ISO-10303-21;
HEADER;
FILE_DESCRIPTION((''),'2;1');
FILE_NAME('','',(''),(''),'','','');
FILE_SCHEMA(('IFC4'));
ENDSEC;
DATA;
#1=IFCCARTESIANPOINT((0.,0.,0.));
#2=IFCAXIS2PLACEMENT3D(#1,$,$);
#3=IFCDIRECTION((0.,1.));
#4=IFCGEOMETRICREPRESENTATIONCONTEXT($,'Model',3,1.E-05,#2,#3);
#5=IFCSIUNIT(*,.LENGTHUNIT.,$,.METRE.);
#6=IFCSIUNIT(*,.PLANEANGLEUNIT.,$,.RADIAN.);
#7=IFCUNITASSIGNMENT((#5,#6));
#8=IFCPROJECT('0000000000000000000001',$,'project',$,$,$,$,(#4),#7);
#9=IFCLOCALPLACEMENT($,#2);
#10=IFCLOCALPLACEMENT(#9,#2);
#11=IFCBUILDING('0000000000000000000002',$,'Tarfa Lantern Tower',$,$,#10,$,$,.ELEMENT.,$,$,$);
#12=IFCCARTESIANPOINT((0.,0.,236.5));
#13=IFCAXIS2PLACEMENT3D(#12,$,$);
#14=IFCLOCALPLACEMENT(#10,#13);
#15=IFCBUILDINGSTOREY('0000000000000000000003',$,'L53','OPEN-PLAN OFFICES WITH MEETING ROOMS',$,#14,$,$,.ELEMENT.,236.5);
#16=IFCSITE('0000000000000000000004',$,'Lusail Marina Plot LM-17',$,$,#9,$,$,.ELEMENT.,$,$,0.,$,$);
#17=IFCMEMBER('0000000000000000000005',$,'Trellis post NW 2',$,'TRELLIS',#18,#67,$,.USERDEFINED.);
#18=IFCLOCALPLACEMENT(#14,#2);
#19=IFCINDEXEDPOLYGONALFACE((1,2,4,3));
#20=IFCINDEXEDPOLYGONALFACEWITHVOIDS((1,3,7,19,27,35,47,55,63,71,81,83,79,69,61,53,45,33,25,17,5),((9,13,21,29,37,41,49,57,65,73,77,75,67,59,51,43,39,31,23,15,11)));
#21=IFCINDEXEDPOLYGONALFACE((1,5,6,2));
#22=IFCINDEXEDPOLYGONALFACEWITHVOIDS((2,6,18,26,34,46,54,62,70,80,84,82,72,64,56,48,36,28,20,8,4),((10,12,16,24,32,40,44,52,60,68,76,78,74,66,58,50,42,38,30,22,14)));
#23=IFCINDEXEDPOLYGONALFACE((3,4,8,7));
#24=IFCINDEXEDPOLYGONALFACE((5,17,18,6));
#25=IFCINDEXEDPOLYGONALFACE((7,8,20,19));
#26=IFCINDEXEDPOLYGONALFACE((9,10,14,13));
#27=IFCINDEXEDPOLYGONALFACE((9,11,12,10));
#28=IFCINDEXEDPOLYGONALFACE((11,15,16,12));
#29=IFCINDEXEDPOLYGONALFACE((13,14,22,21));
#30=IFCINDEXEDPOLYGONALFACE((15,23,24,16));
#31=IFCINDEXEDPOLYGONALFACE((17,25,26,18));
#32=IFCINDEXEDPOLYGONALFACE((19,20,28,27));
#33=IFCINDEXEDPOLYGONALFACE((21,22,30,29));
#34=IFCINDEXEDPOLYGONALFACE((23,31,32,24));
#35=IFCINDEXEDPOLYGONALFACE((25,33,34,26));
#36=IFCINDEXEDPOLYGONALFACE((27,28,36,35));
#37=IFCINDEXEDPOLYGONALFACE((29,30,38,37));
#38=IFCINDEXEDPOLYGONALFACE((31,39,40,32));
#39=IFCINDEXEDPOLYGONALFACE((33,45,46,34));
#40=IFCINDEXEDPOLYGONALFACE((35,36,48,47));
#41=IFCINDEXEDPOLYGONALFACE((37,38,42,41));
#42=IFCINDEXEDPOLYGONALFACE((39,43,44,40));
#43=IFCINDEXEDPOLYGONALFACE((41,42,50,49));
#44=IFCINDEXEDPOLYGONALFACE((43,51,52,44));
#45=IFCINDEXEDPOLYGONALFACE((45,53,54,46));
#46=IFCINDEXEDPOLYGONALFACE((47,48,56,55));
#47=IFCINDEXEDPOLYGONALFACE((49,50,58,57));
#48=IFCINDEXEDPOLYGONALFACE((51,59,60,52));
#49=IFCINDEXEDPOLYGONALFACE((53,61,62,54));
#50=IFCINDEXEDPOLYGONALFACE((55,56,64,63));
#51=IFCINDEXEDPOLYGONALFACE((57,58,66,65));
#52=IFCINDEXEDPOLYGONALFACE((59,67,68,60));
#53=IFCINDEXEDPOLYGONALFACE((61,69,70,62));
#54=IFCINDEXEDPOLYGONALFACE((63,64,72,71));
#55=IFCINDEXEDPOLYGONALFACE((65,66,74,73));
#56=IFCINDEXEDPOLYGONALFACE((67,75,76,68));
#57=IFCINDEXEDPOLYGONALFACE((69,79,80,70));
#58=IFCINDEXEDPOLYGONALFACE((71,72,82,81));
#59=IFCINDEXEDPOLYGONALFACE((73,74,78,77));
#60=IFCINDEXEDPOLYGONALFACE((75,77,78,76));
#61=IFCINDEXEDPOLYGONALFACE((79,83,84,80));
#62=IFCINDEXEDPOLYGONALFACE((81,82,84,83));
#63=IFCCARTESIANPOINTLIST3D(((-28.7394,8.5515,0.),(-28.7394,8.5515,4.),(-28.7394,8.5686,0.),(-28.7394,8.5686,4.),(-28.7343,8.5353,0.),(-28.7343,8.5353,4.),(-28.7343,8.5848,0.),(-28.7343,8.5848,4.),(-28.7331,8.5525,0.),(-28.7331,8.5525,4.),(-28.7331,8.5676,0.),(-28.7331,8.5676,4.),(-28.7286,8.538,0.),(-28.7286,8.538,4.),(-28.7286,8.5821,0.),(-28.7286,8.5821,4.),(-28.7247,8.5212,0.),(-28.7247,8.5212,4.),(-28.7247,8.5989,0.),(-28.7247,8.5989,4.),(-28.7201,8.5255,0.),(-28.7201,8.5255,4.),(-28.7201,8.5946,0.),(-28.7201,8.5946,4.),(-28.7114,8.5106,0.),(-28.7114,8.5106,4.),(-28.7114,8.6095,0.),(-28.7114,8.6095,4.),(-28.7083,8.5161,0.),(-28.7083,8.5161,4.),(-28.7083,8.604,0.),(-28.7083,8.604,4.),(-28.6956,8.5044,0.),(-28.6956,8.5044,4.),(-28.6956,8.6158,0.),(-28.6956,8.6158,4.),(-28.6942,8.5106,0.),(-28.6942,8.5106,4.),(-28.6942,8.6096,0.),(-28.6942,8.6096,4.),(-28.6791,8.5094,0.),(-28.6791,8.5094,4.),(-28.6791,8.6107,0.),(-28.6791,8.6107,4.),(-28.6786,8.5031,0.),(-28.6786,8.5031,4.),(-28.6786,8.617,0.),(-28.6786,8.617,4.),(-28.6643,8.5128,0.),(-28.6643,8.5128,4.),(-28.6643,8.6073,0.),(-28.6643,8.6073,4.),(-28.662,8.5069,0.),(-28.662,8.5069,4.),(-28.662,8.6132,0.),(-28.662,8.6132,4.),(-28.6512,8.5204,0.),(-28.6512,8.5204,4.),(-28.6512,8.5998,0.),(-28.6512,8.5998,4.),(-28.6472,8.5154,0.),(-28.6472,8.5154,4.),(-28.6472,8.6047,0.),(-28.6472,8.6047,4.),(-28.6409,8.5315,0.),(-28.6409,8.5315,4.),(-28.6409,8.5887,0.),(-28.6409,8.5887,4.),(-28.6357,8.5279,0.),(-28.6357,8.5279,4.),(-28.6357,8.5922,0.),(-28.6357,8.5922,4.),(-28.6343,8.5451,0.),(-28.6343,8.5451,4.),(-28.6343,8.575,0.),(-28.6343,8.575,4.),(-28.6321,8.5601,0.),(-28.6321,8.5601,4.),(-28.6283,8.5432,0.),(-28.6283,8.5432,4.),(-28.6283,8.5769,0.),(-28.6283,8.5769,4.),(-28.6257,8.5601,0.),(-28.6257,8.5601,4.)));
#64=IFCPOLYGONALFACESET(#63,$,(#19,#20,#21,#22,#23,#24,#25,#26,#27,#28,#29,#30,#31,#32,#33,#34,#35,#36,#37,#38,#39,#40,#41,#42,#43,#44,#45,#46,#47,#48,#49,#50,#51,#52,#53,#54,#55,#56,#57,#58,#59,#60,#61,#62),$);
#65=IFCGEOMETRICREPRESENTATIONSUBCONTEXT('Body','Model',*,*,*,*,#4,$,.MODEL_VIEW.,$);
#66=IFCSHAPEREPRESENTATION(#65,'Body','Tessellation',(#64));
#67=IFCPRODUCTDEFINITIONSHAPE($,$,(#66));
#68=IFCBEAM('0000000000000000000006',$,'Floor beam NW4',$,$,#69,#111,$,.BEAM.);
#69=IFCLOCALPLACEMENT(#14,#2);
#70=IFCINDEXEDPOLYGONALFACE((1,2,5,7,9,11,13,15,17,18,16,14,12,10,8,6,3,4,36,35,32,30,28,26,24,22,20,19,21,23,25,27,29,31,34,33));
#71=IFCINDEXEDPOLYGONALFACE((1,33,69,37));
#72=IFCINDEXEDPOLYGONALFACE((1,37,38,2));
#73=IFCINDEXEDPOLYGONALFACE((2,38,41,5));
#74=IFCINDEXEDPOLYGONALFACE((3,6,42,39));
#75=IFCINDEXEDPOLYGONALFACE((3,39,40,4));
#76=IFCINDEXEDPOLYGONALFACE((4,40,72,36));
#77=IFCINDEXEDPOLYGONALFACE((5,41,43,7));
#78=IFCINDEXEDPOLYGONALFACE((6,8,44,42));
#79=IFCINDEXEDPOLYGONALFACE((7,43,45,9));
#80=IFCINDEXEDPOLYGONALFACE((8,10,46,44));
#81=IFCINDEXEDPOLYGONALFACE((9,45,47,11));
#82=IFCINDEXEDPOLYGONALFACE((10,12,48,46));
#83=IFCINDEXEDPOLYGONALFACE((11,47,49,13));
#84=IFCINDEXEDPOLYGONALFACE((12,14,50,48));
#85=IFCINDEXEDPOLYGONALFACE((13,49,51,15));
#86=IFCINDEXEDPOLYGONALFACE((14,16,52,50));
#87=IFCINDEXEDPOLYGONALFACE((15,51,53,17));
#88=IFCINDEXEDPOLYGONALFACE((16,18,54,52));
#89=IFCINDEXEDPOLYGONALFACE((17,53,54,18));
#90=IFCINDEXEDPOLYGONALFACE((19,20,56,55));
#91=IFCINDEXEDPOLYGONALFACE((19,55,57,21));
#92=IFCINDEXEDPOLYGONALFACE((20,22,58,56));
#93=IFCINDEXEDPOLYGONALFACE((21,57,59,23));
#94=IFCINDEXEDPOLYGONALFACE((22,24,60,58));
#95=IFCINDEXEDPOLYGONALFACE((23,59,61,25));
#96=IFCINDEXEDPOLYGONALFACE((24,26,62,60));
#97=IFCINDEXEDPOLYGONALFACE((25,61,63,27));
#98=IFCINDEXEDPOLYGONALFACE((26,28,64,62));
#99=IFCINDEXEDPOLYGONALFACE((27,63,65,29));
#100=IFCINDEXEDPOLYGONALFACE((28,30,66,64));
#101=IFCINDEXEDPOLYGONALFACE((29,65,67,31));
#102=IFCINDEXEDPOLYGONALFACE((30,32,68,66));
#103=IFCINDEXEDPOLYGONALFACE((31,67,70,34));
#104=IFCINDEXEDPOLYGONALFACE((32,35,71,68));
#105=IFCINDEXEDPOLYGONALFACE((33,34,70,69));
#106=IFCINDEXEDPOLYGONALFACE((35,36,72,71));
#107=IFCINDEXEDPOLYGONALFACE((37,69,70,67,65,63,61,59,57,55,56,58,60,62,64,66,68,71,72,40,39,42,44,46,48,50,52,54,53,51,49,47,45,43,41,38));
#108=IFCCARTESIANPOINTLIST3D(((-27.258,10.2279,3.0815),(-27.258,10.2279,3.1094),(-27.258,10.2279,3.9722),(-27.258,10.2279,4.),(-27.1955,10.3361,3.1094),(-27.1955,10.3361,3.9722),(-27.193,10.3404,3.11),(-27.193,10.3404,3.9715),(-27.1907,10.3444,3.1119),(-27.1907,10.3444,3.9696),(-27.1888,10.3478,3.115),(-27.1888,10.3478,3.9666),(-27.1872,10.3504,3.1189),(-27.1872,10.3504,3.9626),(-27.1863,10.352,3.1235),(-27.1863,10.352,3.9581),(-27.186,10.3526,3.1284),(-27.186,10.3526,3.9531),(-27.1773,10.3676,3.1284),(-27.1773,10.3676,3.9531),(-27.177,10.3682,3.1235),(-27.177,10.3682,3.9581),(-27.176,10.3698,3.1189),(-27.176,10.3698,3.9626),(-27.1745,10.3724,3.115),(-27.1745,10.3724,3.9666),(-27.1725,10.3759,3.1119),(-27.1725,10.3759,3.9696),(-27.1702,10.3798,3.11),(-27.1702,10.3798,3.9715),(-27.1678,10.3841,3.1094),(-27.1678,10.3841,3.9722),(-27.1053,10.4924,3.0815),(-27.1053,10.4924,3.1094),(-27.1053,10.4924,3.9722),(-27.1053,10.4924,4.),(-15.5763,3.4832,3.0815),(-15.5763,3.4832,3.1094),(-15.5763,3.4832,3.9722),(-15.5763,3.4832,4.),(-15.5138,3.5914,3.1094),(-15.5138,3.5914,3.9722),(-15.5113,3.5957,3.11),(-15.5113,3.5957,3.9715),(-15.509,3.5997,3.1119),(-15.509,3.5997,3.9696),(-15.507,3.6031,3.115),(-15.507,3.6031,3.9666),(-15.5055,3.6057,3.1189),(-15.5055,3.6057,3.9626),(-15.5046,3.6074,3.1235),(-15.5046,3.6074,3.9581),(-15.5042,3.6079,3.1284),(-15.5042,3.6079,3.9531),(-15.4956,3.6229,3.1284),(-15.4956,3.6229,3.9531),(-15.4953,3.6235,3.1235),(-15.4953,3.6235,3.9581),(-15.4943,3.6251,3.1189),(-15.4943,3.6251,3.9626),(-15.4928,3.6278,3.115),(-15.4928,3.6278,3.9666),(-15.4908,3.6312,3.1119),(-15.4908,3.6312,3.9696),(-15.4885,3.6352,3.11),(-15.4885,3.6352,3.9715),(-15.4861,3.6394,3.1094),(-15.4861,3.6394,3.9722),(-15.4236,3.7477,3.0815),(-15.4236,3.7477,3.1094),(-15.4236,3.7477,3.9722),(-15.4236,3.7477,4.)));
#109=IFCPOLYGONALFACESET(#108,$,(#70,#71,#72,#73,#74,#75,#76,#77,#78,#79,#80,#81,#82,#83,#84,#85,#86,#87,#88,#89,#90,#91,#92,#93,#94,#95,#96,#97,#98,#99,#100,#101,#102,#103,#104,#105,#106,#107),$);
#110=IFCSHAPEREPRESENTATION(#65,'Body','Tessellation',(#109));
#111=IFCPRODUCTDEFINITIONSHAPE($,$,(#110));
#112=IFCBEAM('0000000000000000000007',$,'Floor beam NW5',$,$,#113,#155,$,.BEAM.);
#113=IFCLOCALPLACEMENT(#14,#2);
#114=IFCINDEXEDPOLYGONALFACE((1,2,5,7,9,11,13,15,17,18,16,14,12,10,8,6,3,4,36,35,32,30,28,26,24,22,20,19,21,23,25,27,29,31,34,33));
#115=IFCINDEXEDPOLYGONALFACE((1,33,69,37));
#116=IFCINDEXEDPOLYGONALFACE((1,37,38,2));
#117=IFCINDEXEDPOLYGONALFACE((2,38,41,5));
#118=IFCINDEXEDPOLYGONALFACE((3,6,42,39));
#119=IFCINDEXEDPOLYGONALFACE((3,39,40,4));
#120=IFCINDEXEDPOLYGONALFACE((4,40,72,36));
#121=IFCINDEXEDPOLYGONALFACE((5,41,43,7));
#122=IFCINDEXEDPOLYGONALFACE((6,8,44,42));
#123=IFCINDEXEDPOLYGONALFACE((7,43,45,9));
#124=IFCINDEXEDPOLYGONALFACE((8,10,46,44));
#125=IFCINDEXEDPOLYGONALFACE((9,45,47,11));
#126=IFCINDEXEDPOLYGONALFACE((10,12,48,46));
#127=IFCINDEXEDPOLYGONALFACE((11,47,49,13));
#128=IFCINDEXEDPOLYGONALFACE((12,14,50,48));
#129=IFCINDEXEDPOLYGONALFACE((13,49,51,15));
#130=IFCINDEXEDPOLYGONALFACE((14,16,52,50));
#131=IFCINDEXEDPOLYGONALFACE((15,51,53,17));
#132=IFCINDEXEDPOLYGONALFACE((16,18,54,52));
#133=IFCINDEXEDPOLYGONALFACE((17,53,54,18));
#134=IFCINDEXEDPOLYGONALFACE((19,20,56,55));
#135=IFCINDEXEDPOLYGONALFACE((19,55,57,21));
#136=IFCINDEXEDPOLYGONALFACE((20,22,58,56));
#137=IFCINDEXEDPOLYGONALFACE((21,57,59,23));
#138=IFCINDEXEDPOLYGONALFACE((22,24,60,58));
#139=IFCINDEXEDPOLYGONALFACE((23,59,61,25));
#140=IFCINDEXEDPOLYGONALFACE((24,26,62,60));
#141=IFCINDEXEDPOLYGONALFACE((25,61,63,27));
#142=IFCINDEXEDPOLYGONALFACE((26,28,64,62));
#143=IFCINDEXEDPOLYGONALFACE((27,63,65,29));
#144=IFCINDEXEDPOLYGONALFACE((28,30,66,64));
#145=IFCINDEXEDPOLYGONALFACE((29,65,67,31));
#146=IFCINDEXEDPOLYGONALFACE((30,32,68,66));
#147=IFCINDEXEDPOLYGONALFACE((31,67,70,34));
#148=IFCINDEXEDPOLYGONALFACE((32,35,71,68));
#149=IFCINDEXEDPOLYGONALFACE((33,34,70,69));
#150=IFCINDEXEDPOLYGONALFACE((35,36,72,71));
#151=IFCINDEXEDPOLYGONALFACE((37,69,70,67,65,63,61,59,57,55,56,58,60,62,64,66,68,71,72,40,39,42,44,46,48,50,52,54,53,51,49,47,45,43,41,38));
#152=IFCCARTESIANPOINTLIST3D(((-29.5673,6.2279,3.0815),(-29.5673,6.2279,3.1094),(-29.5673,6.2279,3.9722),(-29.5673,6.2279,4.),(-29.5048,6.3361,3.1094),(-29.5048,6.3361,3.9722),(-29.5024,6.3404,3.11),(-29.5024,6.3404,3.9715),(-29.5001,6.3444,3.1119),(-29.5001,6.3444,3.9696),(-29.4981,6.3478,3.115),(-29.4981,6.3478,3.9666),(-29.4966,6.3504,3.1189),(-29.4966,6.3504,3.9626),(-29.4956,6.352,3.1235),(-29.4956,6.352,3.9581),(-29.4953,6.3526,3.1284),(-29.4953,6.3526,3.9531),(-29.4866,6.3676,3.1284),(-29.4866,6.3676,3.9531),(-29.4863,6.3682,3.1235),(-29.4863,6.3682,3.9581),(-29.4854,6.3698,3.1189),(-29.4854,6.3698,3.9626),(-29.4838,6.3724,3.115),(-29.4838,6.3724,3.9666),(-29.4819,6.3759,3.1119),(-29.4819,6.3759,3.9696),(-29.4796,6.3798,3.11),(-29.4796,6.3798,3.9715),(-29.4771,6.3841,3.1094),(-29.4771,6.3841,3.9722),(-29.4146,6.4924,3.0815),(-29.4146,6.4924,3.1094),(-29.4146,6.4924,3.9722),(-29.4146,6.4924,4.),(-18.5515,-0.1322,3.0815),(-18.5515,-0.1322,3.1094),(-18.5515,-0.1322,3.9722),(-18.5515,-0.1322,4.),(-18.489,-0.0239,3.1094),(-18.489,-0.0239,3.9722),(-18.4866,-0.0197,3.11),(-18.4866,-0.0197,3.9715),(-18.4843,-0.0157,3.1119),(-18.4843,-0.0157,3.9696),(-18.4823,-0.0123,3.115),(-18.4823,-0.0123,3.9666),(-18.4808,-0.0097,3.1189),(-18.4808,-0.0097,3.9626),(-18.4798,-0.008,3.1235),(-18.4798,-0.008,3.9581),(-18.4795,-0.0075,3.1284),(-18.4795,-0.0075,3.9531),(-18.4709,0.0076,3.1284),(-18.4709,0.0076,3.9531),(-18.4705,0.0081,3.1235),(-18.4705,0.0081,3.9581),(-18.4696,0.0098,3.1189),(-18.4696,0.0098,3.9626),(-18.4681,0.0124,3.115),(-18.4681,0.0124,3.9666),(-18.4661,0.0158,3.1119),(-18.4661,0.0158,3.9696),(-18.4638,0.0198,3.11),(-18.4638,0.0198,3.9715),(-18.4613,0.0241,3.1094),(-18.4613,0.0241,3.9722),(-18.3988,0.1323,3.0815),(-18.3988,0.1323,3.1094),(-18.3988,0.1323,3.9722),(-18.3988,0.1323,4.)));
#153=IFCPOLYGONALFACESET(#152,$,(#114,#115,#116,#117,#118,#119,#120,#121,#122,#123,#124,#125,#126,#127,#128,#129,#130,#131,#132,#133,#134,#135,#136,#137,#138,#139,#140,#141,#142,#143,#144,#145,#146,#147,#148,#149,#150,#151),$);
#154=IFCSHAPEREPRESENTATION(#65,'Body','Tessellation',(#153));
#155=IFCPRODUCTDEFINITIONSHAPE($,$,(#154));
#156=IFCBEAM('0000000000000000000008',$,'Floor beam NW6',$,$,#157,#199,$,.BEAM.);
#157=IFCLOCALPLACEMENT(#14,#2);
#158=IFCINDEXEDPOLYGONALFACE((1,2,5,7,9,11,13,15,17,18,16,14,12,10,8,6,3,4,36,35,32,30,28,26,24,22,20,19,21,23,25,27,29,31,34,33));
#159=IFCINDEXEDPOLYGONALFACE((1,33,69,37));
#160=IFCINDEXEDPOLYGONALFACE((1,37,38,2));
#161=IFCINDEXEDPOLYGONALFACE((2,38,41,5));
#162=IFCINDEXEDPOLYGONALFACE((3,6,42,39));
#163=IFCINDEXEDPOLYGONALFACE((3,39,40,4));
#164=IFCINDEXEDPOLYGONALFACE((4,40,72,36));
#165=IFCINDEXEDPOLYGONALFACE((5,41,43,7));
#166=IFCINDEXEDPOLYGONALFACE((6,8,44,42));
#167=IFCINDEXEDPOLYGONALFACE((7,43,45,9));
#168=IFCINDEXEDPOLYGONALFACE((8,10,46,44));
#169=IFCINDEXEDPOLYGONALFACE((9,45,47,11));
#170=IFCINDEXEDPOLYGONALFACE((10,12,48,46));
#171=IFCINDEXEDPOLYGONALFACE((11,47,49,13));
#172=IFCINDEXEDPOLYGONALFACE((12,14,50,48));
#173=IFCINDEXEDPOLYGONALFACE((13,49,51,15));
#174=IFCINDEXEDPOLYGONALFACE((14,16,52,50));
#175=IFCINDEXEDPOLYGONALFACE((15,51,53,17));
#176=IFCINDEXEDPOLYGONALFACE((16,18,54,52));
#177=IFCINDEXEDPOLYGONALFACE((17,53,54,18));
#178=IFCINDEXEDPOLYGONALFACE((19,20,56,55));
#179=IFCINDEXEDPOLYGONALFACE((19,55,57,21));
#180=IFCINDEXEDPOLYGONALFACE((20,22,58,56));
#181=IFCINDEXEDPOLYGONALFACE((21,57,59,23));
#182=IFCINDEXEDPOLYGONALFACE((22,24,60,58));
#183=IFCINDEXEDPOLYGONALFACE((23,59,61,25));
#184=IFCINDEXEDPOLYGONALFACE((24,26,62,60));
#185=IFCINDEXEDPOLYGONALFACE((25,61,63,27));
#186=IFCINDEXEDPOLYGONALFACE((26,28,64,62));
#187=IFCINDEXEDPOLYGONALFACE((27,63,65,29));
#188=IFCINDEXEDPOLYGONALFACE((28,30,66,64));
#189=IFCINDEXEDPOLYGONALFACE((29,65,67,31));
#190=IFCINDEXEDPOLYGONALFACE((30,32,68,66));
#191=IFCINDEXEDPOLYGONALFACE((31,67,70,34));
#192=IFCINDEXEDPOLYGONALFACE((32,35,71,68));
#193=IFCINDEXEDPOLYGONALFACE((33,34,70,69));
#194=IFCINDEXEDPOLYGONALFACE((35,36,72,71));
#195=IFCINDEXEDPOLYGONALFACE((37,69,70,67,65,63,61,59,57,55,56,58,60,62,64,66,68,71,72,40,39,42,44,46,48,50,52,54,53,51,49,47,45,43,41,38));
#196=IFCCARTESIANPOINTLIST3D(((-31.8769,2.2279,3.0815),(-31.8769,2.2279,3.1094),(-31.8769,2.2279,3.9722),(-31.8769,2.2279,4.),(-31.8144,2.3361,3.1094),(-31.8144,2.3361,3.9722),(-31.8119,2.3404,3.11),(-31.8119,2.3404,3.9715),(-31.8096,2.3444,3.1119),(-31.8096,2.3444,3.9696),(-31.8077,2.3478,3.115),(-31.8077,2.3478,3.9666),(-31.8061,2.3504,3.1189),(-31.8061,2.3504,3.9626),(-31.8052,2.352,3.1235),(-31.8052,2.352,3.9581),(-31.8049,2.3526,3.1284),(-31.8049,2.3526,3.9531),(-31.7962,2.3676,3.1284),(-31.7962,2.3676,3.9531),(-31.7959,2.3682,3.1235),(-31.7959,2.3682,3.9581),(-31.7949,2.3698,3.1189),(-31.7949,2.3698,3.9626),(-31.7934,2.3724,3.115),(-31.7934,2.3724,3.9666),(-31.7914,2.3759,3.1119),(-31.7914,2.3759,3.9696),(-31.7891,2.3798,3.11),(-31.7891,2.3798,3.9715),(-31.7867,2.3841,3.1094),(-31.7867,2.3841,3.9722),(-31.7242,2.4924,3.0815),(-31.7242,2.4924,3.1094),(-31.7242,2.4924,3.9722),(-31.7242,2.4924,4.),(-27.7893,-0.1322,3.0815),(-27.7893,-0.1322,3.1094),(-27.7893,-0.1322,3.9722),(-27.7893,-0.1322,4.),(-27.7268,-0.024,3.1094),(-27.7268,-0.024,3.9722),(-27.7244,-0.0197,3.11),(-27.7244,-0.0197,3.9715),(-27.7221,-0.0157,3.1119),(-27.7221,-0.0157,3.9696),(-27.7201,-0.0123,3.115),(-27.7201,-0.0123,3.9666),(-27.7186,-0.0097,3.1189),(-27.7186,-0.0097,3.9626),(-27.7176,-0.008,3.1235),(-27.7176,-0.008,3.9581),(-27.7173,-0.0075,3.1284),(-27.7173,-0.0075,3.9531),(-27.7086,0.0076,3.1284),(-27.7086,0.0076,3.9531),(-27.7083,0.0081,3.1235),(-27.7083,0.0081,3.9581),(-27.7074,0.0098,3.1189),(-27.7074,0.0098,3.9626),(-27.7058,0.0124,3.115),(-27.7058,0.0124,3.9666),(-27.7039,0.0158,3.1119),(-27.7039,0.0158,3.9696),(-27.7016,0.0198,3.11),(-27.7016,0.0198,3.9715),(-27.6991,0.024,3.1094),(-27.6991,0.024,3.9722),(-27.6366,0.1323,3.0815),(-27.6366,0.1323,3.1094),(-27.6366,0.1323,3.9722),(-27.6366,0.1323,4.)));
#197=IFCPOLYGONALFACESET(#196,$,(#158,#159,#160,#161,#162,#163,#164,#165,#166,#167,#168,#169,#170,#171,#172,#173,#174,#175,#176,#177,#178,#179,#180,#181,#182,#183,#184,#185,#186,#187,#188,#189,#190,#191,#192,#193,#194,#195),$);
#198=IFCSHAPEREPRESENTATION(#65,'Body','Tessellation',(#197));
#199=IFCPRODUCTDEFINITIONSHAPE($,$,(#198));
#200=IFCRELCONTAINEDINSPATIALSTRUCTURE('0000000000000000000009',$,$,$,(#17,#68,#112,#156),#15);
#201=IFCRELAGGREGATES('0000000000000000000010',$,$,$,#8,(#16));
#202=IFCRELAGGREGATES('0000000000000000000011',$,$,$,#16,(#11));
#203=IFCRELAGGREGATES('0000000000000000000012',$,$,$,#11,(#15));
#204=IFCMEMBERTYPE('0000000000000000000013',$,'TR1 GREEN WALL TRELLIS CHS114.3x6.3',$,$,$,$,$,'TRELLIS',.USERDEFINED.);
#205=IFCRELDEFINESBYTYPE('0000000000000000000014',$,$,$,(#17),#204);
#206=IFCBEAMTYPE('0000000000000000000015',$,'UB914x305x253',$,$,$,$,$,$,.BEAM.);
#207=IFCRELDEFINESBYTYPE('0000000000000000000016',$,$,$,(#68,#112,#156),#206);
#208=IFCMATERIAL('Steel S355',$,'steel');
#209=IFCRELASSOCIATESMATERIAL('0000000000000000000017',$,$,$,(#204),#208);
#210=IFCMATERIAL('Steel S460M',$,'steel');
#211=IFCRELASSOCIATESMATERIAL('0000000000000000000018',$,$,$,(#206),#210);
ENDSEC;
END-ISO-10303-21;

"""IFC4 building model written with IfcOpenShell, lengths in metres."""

from ifc_helpers import new_model, si_unit, direction, frame, origin, origin_2d, place, context, subcontext, project, spatial, hollow_circle, i_section, extrude, material, material_profile, profile_set, type_object, element, save


model = new_model("IFC4")

# Units and contexts
model_context = context("Model", 3, precision=1e-05, world=origin(), true_north=direction((0.0, 1.0)))
body_context = subcontext(model_context, "Body", "Model", "MODEL_VIEW")
ifc_project = project(units=[si_unit("LENGTHUNIT", "METRE"), si_unit("PLANEANGLEUNIT", "RADIAN")], contexts=[model_context])

# Site, building, storey
site_placement = place(None, origin())
site = spatial("IfcSite", under=ifc_project, at=site_placement, Name="Lusail Marina Plot LM-17", CompositionType="ELEMENT", RefElevation=0.0)
building_placement = place(site_placement, origin())
building = spatial("IfcBuilding", under=site, at=building_placement, Name="Tarfa Lantern Tower", CompositionType="ELEMENT")
storey_placement = place(building_placement, frame((0.0, 0.0, 236.5)))
storey = spatial("IfcBuildingStorey", under=building, at=storey_placement, Name="L53", Description="OPEN-PLAN OFFICES WITH MEETING ROOMS", CompositionType="ELEMENT", Elevation=236.5)

# Member
ifc_material_1 = material(Name="Steel S355", Category="steel")
ifc_material_profile_1 = material_profile(ifc_material_1, hollow_circle(Radius=0.0571, WallThickness=0.0063, at=origin_2d()), Name="CHS114.3x6.3")
ifc_profile_set_1 = profile_set([ifc_material_profile_1], Name="Steel S355")
member_type_1 = type_object("IfcMemberType", Name="TR1 GREEN WALL TRELLIS CHS114.3x6.3", ElementType="TRELLIS", PredefinedType="USERDEFINED", material=ifc_profile_set_1)
member_1_placement = place(storey_placement, frame((-28.6829, 8.5601, 0.0), z_axis=(0.0, 0.0, 1.0), x_axis=(1.0, 0.0, 0.0)))
element("IfcMember", 1, at=member_1_placement, inside=storey, type_object=member_type_1, Name="Trellis post NW 2", ObjectType="TRELLIS", PredefinedType="USERDEFINED", context=body_context, shape_type="SweptSolid", body=[
    extrude(hollow_circle(Radius=0.0571, WallThickness=0.0063, at=origin_2d()), origin(), (0.0, 0.0, 1.0), 4.0),
])

# Beams
ifc_material_2 = material(Name="Steel S460M", Category="steel")
ifc_material_profile_2 = material_profile(ifc_material_2, i_section(OverallWidth=0.3054, OverallDepth=0.9185, WebThickness=0.0173, FlangeThickness=0.0278, FilletRadius=0.019, at=origin_2d()), Name="UB914x305x253")
ifc_profile_set_2 = profile_set([ifc_material_profile_2], Name="Steel S460M")
beam_type_1 = type_object("IfcBeamType", Name="UB914x305x253", PredefinedType="BEAM", material=ifc_profile_set_2)
beam_1_placement = place(storey_placement, frame((-27.1816, 10.3601, 3.5408), z_axis=(0.866018, -0.500013, 0.0), x_axis=(0.500013, 0.866018, 0.0)))
element("IfcBeam", 2, at=beam_1_placement, inside=storey, type_object=beam_type_1, Name="Floor beam NW4", PredefinedType="BEAM", context=body_context, shape_type="SweptSolid", body=[
    extrude(i_section(OverallWidth=0.3054, OverallDepth=0.9185, WebThickness=0.0173, FlangeThickness=0.0278, FilletRadius=0.019, at=origin_2d()), origin(), (0.0, 0.0, 1.0), 13.489),
])
beam_2_placement = place(storey_placement, frame((-29.491, 6.3601, 3.5408), z_axis=(0.866022, -0.500005, 0.0), x_axis=(0.500005, 0.866022, 0.0)))
element("IfcBeam", 3, at=beam_2_placement, inside=storey, type_object=beam_type_1, Name="Floor beam NW5", PredefinedType="BEAM", context=body_context, shape_type="SweptSolid", body=[
    extrude(i_section(OverallWidth=0.3054, OverallDepth=0.9185, WebThickness=0.0173, FlangeThickness=0.0278, FilletRadius=0.019, at=origin_2d()), origin(), (0.0, 0.0, 1.0), 12.72),
])
beam_3_placement = place(storey_placement, frame((-31.8005, 2.3601, 3.5408), z_axis=(0.866016, -0.500016, 0.0), x_axis=(0.500016, 0.866016, 0.0)))
element("IfcBeam", 4, at=beam_3_placement, inside=storey, type_object=beam_type_1, Name="Floor beam NW6", PredefinedType="BEAM", context=body_context, shape_type="SweptSolid", body=[
    extrude(i_section(OverallWidth=0.3054, OverallDepth=0.9185, WebThickness=0.0173, FlangeThickness=0.0278, FilletRadius=0.019, at=origin_2d()), origin(), (0.0, 0.0, 1.0), 4.72),
])

save(model, "model.ifc")
